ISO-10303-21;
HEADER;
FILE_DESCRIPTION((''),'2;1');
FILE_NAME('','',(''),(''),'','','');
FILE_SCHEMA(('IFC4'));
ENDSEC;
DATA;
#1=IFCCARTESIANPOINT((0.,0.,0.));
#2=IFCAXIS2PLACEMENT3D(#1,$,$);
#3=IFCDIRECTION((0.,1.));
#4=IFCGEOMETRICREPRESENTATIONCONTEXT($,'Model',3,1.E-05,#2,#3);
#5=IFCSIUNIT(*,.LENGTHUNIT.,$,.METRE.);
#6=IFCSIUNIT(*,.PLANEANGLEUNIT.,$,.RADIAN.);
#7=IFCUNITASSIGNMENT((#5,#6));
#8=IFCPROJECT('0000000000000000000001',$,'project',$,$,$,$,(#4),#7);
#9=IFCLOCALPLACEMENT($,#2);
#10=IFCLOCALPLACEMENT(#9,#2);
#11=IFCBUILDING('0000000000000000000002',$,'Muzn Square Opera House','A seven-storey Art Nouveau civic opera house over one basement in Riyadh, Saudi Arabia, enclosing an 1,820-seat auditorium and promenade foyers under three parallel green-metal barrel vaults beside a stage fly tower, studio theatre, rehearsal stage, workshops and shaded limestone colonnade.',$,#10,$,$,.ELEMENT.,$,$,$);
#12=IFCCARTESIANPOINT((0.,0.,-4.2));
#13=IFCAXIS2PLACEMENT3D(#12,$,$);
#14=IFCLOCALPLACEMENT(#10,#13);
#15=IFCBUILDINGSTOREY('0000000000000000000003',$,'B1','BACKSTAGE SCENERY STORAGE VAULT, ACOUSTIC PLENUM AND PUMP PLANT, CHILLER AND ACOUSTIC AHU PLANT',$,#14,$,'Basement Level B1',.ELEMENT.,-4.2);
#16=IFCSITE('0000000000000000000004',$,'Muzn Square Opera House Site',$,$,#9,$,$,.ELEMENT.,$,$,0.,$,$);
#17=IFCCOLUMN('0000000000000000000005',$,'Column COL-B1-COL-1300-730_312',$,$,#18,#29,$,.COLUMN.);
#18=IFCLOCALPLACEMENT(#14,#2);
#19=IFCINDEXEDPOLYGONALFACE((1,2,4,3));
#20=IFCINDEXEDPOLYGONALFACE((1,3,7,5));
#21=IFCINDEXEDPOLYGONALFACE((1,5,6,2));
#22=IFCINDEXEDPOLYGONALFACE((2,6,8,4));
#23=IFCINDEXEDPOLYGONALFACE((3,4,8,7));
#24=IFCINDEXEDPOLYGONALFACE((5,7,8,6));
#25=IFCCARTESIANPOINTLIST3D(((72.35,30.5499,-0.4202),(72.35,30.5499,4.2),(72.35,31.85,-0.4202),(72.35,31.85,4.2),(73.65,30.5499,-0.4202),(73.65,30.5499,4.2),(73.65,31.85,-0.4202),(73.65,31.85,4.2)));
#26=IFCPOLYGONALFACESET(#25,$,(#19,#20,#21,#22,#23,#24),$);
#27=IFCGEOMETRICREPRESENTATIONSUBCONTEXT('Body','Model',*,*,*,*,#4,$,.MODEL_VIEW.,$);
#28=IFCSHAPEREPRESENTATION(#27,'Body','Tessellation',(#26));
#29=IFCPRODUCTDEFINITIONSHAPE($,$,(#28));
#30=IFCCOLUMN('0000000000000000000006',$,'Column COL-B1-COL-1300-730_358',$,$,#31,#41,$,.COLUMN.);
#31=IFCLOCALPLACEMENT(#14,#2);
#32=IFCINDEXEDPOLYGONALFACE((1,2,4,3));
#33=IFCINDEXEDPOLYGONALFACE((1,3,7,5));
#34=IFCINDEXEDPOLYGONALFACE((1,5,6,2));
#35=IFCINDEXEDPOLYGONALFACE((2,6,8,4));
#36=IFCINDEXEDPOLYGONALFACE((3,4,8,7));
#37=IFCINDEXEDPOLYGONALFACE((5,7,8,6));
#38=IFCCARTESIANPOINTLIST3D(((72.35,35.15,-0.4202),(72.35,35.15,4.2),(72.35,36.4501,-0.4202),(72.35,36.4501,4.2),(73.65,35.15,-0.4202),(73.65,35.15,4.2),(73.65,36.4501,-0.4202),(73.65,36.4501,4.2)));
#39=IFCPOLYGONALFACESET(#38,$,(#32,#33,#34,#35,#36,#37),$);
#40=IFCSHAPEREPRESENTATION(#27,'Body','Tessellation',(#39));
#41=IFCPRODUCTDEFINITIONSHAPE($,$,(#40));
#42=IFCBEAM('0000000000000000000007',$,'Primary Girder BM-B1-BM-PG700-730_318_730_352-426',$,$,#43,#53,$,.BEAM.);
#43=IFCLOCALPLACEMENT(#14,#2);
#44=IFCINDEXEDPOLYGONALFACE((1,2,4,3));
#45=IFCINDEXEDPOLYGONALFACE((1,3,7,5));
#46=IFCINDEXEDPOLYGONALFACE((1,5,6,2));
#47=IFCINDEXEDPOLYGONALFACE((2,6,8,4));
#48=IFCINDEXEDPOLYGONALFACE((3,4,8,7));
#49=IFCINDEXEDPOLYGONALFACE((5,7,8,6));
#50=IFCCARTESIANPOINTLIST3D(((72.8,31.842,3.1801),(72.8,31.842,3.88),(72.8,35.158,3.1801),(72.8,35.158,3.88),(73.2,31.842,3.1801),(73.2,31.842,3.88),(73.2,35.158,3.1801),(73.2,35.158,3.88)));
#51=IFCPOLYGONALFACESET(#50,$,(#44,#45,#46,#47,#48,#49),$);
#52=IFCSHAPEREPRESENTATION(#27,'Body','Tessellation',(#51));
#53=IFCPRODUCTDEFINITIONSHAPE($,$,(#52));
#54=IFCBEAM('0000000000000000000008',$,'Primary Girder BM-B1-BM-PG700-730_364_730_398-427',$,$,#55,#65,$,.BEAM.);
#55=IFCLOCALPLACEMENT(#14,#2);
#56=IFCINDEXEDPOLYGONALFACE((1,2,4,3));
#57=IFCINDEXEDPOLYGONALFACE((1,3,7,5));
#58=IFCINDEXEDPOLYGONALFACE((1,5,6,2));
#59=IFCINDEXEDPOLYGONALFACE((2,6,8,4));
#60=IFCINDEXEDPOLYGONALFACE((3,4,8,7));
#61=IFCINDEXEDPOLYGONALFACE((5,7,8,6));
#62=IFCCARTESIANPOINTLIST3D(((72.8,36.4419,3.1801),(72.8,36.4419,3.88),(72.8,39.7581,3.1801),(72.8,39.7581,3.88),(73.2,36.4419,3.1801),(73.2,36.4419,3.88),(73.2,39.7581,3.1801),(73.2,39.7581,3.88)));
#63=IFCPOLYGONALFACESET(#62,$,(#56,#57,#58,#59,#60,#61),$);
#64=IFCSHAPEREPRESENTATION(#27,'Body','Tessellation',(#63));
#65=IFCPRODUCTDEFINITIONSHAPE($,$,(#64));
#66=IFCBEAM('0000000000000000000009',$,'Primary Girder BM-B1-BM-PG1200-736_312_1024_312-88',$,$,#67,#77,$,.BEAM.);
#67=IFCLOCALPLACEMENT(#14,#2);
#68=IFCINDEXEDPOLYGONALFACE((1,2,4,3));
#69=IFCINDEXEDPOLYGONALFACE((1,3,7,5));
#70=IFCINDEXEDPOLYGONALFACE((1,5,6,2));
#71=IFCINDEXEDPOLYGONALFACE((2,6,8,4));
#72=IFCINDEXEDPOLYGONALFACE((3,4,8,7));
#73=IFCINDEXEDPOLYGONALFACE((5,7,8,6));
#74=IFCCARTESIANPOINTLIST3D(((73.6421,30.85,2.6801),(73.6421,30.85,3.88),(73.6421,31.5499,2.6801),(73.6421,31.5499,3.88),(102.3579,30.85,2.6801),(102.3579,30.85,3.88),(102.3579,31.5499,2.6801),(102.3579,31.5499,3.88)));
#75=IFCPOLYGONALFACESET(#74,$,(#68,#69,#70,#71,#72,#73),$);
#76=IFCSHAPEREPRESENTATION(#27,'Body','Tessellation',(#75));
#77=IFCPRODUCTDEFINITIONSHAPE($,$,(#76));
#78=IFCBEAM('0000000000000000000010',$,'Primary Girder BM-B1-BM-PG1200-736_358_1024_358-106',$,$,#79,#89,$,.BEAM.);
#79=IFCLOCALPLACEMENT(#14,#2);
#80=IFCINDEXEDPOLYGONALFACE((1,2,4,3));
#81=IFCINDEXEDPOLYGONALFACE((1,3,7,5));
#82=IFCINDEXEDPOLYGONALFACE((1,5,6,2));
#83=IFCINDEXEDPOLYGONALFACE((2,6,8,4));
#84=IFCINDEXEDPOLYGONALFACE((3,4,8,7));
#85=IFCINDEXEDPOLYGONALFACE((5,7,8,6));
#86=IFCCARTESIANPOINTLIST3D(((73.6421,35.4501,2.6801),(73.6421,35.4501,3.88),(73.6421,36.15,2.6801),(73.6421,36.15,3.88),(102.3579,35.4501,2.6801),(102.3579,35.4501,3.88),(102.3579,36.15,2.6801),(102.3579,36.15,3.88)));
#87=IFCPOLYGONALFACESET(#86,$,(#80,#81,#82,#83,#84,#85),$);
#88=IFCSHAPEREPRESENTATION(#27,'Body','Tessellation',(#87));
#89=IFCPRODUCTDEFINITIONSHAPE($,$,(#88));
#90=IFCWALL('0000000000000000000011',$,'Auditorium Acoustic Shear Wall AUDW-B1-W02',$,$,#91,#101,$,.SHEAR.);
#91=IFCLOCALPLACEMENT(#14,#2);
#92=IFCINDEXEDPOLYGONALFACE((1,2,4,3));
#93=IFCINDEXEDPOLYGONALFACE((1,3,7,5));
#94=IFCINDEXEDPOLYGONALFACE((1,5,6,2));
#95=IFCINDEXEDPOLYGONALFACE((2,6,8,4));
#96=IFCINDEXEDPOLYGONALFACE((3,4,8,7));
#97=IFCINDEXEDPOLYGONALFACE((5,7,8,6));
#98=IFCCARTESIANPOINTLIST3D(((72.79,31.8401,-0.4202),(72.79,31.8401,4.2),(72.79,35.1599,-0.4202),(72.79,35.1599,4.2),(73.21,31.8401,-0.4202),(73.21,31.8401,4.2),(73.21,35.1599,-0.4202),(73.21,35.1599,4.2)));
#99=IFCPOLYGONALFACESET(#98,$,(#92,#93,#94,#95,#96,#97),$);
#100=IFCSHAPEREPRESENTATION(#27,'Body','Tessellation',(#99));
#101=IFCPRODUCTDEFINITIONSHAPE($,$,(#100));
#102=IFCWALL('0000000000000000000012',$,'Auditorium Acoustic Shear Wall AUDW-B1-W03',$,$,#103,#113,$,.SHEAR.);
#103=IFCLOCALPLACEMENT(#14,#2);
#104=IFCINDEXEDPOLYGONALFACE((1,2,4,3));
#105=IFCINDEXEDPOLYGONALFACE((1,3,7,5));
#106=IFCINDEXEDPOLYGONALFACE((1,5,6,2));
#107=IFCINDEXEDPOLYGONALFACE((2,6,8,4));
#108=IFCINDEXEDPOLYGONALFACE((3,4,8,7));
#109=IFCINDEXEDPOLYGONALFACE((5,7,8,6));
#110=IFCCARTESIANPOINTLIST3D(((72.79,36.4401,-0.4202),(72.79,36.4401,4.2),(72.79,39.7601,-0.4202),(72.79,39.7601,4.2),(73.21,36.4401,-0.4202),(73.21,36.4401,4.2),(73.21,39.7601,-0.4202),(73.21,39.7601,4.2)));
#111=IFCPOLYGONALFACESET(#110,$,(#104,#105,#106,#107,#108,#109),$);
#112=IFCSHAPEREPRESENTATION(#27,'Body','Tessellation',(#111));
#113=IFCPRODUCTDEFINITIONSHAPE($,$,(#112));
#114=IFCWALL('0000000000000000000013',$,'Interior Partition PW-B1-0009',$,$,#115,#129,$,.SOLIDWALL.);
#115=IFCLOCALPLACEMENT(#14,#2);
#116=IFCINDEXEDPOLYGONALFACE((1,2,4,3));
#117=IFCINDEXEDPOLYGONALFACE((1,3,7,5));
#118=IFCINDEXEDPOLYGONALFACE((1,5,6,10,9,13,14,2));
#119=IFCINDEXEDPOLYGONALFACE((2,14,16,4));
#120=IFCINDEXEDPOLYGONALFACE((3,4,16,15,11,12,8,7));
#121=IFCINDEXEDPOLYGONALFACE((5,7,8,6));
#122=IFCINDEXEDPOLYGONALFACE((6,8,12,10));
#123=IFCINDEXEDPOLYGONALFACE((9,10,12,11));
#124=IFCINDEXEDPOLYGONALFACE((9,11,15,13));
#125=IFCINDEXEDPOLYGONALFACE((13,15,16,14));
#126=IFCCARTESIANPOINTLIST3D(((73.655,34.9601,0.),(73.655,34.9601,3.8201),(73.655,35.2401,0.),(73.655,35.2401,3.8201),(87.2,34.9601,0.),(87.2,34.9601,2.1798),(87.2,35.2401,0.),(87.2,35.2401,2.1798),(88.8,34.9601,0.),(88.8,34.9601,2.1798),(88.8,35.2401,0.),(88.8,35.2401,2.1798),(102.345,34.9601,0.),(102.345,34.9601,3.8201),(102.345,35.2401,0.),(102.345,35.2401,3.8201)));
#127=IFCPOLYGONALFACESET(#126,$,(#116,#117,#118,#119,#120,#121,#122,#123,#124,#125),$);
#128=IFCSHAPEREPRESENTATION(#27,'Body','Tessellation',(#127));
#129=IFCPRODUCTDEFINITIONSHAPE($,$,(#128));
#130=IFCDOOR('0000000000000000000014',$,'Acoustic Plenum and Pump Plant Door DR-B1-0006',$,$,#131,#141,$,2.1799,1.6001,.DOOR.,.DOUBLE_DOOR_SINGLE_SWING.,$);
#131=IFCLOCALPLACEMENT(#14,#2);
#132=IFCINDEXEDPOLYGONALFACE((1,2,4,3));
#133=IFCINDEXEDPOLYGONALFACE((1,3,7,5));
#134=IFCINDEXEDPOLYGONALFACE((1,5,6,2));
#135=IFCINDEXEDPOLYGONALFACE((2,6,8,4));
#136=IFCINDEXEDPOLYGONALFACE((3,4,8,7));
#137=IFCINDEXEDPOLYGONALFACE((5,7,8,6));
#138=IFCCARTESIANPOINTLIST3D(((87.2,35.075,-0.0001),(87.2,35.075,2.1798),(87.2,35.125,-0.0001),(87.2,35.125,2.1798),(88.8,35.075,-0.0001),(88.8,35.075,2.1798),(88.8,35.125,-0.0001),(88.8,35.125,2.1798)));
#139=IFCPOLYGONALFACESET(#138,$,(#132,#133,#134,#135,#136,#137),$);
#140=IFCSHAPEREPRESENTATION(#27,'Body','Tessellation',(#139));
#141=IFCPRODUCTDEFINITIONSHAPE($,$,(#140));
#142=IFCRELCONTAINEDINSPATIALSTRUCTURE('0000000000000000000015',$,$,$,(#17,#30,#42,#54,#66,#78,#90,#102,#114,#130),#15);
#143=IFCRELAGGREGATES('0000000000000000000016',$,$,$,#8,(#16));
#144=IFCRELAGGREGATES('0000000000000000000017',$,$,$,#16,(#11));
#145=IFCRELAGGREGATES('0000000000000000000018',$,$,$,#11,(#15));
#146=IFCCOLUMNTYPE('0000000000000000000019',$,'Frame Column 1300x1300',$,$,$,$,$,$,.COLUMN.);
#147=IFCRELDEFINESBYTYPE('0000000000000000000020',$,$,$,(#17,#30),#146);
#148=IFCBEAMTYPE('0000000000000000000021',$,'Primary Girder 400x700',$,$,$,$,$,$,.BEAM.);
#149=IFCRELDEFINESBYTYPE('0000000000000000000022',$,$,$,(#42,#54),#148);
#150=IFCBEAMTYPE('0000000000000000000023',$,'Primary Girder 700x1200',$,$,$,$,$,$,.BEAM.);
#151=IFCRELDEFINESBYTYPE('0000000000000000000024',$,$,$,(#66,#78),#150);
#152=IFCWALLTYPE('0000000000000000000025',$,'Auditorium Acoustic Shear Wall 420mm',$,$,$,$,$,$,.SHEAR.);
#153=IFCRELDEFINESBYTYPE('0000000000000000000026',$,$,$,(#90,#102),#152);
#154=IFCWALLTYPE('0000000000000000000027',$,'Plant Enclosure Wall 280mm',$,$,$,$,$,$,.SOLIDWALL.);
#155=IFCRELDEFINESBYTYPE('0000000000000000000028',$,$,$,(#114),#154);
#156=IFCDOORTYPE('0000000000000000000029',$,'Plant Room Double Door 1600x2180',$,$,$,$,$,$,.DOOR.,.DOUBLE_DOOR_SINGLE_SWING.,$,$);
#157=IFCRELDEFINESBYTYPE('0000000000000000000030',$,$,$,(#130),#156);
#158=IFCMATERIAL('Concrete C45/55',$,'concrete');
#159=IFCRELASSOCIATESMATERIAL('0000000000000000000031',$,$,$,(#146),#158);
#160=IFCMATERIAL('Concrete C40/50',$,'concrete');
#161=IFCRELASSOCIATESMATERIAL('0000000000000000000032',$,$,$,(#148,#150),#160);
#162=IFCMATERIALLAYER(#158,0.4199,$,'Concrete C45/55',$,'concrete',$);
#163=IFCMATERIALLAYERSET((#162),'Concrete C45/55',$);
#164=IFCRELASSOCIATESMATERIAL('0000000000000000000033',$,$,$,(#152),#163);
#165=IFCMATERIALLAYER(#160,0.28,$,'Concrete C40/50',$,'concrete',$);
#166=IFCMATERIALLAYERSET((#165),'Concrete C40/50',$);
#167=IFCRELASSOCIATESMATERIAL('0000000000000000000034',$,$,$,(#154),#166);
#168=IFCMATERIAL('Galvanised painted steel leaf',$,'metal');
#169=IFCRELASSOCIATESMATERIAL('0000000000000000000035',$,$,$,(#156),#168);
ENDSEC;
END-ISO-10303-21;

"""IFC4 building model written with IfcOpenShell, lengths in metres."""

from ifc_helpers import new_model, si_unit, direction, frame, frame_2d, origin, origin_2d, place, context, subcontext, project, spatial, rectangle, extrude, material, layer, layer_set, material_profile, profile_set, type_object, element, fill, save


model = new_model("IFC4")

# Units and contexts
model_context = context("Model", 3, precision=1e-05, world=origin(), true_north=direction((0.0, 1.0)))
body_context = subcontext(model_context, "Body", "Model", "MODEL_VIEW")
ifc_project = project(units=[si_unit("LENGTHUNIT", "METRE"), si_unit("PLANEANGLEUNIT", "RADIAN")], contexts=[model_context])

# Site, building, storey
site_placement = place(None, origin())
site = spatial("IfcSite", under=ifc_project, at=site_placement, Name="Muzn Square Opera House Site", CompositionType="ELEMENT", RefElevation=0.0)
building_placement = place(site_placement, origin())
building = spatial("IfcBuilding", under=site, at=building_placement, Name="Muzn Square Opera House", Description="A seven-storey Art Nouveau civic opera house over one basement in Riyadh, Saudi Arabia, enclosing an 1,820-seat auditorium and promenade foyers under three parallel green-metal barrel vaults beside a stage fly tower, studio theatre, rehearsal stage, workshops and shaded limestone colonnade.", CompositionType="ELEMENT")
storey_placement = place(building_placement, frame((0.0, 0.0, -4.2)))
storey = spatial("IfcBuildingStorey", under=building, at=storey_placement, Name="B1", Description="BACKSTAGE SCENERY STORAGE VAULT, ACOUSTIC PLENUM AND PUMP PLANT, CHILLER AND ACOUSTIC AHU PLANT", LongName="Basement Level B1", CompositionType="ELEMENT", Elevation=-4.2)

# Shared definitions
ifc_material_1 = material(Name="Concrete C40/50", Category="concrete")

# Columns
ifc_material_2 = material(Name="Concrete C45/55", Category="concrete")
ifc_material_profile_1 = material_profile(ifc_material_2, rectangle(XDim=1.3, YDim=1.3, at=origin_2d()), Name="RC 1300x1300", Category="concrete")
ifc_profile_set_1 = profile_set([ifc_material_profile_1], Name="Concrete C45/55")
column_type = type_object("IfcColumnType", Name="Frame Column 1300x1300", PredefinedType="COLUMN", material=ifc_profile_set_1)
for number, where, z_axis, x_axis, name in (
    (1, (73.0, 31.2, -0.4202), (0.0, 0.0, 1.0), (1.0, 0.0, 0.0), "Column COL-B1-COL-1300-730_312"),
    (2, (73.0, 35.8, -0.4202), (0.0, 0.0, 1.0), (1.0, 0.0, 0.0), "Column COL-B1-COL-1300-730_358"),
):
    element("IfcColumn", number, at=place(storey_placement, frame(where, z_axis=z_axis, x_axis=x_axis)), inside=storey, type_object=column_type, Name=name, PredefinedType="COLUMN", context=body_context, shape_type="SweptSolid", body=[
        extrude(rectangle(XDim=1.3, YDim=1.3, at=origin_2d()), origin(), (0.0, 0.0, 1.0), 4.6201),
    ])

# Beams
ifc_material_profile_2 = material_profile(ifc_material_1, rectangle(XDim=0.3999, YDim=0.7, at=origin_2d()), Name="RCB 400x700", Category="concrete")
ifc_profile_set_2 = profile_set([ifc_material_profile_2], Name="Concrete C40/50")
beam_type_1 = type_object("IfcBeamType", Name="Primary Girder 400x700", PredefinedType="BEAM", material=ifc_profile_set_2)
beam_1_placement = place(storey_placement, frame((73.0, 31.842, 3.53), z_axis=(0.0, 1.0, 0.0), x_axis=(-1.0, 0.0, 0.0)))
element("IfcBeam", 3, at=beam_1_placement, inside=storey, type_object=beam_type_1, Name="Primary Girder BM-B1-BM-PG700-730_318_730_352-426", PredefinedType="BEAM", context=body_context, shape_type="SweptSolid", body=[
    extrude(rectangle(XDim=0.3999, YDim=0.7, at=origin_2d()), origin(), (0.0, 0.0, 1.0), 3.3159),
])
beam_2_placement = place(storey_placement, frame((73.0, 36.4419, 3.53), z_axis=(0.0, 1.0, 0.0), x_axis=(-1.0, 0.0, 0.0)))
element("IfcBeam", 4, at=beam_2_placement, inside=storey, type_object=beam_type_1, Name="Primary Girder BM-B1-BM-PG700-730_364_730_398-427", PredefinedType="BEAM", context=body_context, shape_type="SweptSolid", body=[
    extrude(rectangle(XDim=0.3999, YDim=0.7, at=origin_2d()), origin(), (0.0, 0.0, 1.0), 3.3162),
])
ifc_material_profile_3 = material_profile(ifc_material_1, rectangle(XDim=0.7, YDim=1.2, at=origin_2d()), Name="RCB 700x1200", Category="concrete")
ifc_profile_set_3 = profile_set([ifc_material_profile_3], Name="Concrete C40/50")
beam_type_2 = type_object("IfcBeamType", Name="Primary Girder 700x1200", PredefinedType="BEAM", material=ifc_profile_set_3)
for number, where, z_axis, x_axis, name in (
    (5, (73.6421, 31.2, 3.28), (1.0, 0.0, 0.0), (0.0, 1.0, 0.0), "Primary Girder BM-B1-BM-PG1200-736_312_1024_312-88"),
    (6, (73.6421, 35.8, 3.28), (1.0, 0.0, 0.0), (0.0, 1.0, 0.0), "Primary Girder BM-B1-BM-PG1200-736_358_1024_358-106"),
):
    element("IfcBeam", number, at=place(storey_placement, frame(where, z_axis=z_axis, x_axis=x_axis)), inside=storey, type_object=beam_type_2, Name=name, PredefinedType="BEAM", context=body_context, shape_type="SweptSolid", body=[
        extrude(rectangle(XDim=0.7, YDim=1.2, at=origin_2d()), origin(), (0.0, 0.0, 1.0), 28.7158),
    ])

# Walls
ifc_layer_1 = layer(ifc_material_2, 0.4199, Name="Concrete C45/55", Category="concrete")
ifc_layer_set_1 = layer_set([ifc_layer_1], Name="Concrete C45/55")
wall_type_1 = type_object("IfcWallType", Name="Auditorium Acoustic Shear Wall 420mm", PredefinedType="SHEAR", material=ifc_layer_set_1)
wall_1_placement = place(storey_placement, frame((73.0, 31.8401, -0.4202), z_axis=(0.0, 0.0, 1.0), x_axis=(0.0, 1.0, 0.0)))
element("IfcWall", 7, at=wall_1_placement, inside=storey, type_object=wall_type_1, Name="Auditorium Acoustic Shear Wall AUDW-B1-W02", PredefinedType="SHEAR", context=body_context, shape_type="SweptSolid", body=[
    extrude(rectangle(XDim=3.3198, YDim=0.4199, at=frame_2d((1.6599, 0.0))), origin(), (0.0, 0.0, 1.0), 4.6201),
])
wall_2_placement = place(storey_placement, frame((73.0, 36.4399, -0.4202), z_axis=(0.0, 0.0, 1.0), x_axis=(0.0, 1.0, 0.0)))
element("IfcWall", 8, at=wall_2_placement, inside=storey, type_object=wall_type_1, Name="Auditorium Acoustic Shear Wall AUDW-B1-W03", PredefinedType="SHEAR", context=body_context, shape_type="SweptSolid", body=[
    extrude(rectangle(XDim=3.3201, YDim=0.4199, at=frame_2d((1.6602, 0.0))), origin(), (0.0, 0.0, 1.0), 4.6201),
])

# Wall, opening, door
ifc_layer_2 = layer(ifc_material_1, 0.28, Name="Concrete C40/50", Category="concrete")
ifc_layer_set_2 = layer_set([ifc_layer_2], Name="Concrete C40/50")
wall_type_2 = type_object("IfcWallType", Name="Plant Enclosure Wall 280mm", PredefinedType="SOLIDWALL", material=ifc_layer_set_2)
wall_3_placement = place(storey_placement, frame((73.655, 35.1001, 0.0), z_axis=(0.0, 0.0, 1.0), x_axis=(1.0, 0.0, 0.0)))
wall_3 = element("IfcWall", 9, at=wall_3_placement, inside=storey, type_object=wall_type_2, Name="Interior Partition PW-B1-0009", PredefinedType="SOLIDWALL", context=body_context, shape_type="SweptSolid", body=[
    extrude(rectangle(XDim=28.6899, YDim=0.28, at=frame_2d((14.345, 0.0))), origin(), (0.0, 0.0, 1.0), 3.8201),
])
opening_placement = place(wall_3_placement, frame((13.5449, 0.0, 0.0)))
opening = element("IfcOpeningElement", 10, at=opening_placement, cuts=wall_3, PredefinedType="OPENING", context=body_context, shape_type="SweptSolid", body=[
    extrude(rectangle(XDim=1.6001, YDim=2.1799, at=frame_2d((0.8, 1.0898))), frame((0.0, 0.1499, 0.0), z_axis=(0.0, -1.0, 0.0), x_axis=(1.0, 0.0, 0.0)), (0.0, 0.0, 1.0), 0.3),
])
ifc_material_3 = material(Name="Galvanised painted steel leaf", Category="metal")
door_type = type_object("IfcDoorType", Name="Plant Room Double Door 1600x2180", OperationType="DOUBLE_DOOR_SINGLE_SWING", PredefinedType="DOOR", material=ifc_material_3)
door_placement = place(opening_placement, origin())
door = element("IfcDoor", 11, at=door_placement, inside=storey, type_object=door_type, Name="Acoustic Plenum and Pump Plant Door DR-B1-0006", OperationType="DOUBLE_DOOR_SINGLE_SWING", OverallHeight=2.1799, OverallWidth=1.6001, PredefinedType="DOOR", context=body_context, shape_type="SweptSolid", body=[
    extrude(rectangle(XDim=1.6001, YDim=2.1799, at=frame_2d((0.8, 1.0898))), frame((0.0, 0.0249, 0.0), z_axis=(0.0, -1.0, 0.0), x_axis=(1.0, 0.0, 0.0)), (0.0, 0.0, 1.0), 0.05),
])
fill(opening, door)

save(model, "model.ifc")
